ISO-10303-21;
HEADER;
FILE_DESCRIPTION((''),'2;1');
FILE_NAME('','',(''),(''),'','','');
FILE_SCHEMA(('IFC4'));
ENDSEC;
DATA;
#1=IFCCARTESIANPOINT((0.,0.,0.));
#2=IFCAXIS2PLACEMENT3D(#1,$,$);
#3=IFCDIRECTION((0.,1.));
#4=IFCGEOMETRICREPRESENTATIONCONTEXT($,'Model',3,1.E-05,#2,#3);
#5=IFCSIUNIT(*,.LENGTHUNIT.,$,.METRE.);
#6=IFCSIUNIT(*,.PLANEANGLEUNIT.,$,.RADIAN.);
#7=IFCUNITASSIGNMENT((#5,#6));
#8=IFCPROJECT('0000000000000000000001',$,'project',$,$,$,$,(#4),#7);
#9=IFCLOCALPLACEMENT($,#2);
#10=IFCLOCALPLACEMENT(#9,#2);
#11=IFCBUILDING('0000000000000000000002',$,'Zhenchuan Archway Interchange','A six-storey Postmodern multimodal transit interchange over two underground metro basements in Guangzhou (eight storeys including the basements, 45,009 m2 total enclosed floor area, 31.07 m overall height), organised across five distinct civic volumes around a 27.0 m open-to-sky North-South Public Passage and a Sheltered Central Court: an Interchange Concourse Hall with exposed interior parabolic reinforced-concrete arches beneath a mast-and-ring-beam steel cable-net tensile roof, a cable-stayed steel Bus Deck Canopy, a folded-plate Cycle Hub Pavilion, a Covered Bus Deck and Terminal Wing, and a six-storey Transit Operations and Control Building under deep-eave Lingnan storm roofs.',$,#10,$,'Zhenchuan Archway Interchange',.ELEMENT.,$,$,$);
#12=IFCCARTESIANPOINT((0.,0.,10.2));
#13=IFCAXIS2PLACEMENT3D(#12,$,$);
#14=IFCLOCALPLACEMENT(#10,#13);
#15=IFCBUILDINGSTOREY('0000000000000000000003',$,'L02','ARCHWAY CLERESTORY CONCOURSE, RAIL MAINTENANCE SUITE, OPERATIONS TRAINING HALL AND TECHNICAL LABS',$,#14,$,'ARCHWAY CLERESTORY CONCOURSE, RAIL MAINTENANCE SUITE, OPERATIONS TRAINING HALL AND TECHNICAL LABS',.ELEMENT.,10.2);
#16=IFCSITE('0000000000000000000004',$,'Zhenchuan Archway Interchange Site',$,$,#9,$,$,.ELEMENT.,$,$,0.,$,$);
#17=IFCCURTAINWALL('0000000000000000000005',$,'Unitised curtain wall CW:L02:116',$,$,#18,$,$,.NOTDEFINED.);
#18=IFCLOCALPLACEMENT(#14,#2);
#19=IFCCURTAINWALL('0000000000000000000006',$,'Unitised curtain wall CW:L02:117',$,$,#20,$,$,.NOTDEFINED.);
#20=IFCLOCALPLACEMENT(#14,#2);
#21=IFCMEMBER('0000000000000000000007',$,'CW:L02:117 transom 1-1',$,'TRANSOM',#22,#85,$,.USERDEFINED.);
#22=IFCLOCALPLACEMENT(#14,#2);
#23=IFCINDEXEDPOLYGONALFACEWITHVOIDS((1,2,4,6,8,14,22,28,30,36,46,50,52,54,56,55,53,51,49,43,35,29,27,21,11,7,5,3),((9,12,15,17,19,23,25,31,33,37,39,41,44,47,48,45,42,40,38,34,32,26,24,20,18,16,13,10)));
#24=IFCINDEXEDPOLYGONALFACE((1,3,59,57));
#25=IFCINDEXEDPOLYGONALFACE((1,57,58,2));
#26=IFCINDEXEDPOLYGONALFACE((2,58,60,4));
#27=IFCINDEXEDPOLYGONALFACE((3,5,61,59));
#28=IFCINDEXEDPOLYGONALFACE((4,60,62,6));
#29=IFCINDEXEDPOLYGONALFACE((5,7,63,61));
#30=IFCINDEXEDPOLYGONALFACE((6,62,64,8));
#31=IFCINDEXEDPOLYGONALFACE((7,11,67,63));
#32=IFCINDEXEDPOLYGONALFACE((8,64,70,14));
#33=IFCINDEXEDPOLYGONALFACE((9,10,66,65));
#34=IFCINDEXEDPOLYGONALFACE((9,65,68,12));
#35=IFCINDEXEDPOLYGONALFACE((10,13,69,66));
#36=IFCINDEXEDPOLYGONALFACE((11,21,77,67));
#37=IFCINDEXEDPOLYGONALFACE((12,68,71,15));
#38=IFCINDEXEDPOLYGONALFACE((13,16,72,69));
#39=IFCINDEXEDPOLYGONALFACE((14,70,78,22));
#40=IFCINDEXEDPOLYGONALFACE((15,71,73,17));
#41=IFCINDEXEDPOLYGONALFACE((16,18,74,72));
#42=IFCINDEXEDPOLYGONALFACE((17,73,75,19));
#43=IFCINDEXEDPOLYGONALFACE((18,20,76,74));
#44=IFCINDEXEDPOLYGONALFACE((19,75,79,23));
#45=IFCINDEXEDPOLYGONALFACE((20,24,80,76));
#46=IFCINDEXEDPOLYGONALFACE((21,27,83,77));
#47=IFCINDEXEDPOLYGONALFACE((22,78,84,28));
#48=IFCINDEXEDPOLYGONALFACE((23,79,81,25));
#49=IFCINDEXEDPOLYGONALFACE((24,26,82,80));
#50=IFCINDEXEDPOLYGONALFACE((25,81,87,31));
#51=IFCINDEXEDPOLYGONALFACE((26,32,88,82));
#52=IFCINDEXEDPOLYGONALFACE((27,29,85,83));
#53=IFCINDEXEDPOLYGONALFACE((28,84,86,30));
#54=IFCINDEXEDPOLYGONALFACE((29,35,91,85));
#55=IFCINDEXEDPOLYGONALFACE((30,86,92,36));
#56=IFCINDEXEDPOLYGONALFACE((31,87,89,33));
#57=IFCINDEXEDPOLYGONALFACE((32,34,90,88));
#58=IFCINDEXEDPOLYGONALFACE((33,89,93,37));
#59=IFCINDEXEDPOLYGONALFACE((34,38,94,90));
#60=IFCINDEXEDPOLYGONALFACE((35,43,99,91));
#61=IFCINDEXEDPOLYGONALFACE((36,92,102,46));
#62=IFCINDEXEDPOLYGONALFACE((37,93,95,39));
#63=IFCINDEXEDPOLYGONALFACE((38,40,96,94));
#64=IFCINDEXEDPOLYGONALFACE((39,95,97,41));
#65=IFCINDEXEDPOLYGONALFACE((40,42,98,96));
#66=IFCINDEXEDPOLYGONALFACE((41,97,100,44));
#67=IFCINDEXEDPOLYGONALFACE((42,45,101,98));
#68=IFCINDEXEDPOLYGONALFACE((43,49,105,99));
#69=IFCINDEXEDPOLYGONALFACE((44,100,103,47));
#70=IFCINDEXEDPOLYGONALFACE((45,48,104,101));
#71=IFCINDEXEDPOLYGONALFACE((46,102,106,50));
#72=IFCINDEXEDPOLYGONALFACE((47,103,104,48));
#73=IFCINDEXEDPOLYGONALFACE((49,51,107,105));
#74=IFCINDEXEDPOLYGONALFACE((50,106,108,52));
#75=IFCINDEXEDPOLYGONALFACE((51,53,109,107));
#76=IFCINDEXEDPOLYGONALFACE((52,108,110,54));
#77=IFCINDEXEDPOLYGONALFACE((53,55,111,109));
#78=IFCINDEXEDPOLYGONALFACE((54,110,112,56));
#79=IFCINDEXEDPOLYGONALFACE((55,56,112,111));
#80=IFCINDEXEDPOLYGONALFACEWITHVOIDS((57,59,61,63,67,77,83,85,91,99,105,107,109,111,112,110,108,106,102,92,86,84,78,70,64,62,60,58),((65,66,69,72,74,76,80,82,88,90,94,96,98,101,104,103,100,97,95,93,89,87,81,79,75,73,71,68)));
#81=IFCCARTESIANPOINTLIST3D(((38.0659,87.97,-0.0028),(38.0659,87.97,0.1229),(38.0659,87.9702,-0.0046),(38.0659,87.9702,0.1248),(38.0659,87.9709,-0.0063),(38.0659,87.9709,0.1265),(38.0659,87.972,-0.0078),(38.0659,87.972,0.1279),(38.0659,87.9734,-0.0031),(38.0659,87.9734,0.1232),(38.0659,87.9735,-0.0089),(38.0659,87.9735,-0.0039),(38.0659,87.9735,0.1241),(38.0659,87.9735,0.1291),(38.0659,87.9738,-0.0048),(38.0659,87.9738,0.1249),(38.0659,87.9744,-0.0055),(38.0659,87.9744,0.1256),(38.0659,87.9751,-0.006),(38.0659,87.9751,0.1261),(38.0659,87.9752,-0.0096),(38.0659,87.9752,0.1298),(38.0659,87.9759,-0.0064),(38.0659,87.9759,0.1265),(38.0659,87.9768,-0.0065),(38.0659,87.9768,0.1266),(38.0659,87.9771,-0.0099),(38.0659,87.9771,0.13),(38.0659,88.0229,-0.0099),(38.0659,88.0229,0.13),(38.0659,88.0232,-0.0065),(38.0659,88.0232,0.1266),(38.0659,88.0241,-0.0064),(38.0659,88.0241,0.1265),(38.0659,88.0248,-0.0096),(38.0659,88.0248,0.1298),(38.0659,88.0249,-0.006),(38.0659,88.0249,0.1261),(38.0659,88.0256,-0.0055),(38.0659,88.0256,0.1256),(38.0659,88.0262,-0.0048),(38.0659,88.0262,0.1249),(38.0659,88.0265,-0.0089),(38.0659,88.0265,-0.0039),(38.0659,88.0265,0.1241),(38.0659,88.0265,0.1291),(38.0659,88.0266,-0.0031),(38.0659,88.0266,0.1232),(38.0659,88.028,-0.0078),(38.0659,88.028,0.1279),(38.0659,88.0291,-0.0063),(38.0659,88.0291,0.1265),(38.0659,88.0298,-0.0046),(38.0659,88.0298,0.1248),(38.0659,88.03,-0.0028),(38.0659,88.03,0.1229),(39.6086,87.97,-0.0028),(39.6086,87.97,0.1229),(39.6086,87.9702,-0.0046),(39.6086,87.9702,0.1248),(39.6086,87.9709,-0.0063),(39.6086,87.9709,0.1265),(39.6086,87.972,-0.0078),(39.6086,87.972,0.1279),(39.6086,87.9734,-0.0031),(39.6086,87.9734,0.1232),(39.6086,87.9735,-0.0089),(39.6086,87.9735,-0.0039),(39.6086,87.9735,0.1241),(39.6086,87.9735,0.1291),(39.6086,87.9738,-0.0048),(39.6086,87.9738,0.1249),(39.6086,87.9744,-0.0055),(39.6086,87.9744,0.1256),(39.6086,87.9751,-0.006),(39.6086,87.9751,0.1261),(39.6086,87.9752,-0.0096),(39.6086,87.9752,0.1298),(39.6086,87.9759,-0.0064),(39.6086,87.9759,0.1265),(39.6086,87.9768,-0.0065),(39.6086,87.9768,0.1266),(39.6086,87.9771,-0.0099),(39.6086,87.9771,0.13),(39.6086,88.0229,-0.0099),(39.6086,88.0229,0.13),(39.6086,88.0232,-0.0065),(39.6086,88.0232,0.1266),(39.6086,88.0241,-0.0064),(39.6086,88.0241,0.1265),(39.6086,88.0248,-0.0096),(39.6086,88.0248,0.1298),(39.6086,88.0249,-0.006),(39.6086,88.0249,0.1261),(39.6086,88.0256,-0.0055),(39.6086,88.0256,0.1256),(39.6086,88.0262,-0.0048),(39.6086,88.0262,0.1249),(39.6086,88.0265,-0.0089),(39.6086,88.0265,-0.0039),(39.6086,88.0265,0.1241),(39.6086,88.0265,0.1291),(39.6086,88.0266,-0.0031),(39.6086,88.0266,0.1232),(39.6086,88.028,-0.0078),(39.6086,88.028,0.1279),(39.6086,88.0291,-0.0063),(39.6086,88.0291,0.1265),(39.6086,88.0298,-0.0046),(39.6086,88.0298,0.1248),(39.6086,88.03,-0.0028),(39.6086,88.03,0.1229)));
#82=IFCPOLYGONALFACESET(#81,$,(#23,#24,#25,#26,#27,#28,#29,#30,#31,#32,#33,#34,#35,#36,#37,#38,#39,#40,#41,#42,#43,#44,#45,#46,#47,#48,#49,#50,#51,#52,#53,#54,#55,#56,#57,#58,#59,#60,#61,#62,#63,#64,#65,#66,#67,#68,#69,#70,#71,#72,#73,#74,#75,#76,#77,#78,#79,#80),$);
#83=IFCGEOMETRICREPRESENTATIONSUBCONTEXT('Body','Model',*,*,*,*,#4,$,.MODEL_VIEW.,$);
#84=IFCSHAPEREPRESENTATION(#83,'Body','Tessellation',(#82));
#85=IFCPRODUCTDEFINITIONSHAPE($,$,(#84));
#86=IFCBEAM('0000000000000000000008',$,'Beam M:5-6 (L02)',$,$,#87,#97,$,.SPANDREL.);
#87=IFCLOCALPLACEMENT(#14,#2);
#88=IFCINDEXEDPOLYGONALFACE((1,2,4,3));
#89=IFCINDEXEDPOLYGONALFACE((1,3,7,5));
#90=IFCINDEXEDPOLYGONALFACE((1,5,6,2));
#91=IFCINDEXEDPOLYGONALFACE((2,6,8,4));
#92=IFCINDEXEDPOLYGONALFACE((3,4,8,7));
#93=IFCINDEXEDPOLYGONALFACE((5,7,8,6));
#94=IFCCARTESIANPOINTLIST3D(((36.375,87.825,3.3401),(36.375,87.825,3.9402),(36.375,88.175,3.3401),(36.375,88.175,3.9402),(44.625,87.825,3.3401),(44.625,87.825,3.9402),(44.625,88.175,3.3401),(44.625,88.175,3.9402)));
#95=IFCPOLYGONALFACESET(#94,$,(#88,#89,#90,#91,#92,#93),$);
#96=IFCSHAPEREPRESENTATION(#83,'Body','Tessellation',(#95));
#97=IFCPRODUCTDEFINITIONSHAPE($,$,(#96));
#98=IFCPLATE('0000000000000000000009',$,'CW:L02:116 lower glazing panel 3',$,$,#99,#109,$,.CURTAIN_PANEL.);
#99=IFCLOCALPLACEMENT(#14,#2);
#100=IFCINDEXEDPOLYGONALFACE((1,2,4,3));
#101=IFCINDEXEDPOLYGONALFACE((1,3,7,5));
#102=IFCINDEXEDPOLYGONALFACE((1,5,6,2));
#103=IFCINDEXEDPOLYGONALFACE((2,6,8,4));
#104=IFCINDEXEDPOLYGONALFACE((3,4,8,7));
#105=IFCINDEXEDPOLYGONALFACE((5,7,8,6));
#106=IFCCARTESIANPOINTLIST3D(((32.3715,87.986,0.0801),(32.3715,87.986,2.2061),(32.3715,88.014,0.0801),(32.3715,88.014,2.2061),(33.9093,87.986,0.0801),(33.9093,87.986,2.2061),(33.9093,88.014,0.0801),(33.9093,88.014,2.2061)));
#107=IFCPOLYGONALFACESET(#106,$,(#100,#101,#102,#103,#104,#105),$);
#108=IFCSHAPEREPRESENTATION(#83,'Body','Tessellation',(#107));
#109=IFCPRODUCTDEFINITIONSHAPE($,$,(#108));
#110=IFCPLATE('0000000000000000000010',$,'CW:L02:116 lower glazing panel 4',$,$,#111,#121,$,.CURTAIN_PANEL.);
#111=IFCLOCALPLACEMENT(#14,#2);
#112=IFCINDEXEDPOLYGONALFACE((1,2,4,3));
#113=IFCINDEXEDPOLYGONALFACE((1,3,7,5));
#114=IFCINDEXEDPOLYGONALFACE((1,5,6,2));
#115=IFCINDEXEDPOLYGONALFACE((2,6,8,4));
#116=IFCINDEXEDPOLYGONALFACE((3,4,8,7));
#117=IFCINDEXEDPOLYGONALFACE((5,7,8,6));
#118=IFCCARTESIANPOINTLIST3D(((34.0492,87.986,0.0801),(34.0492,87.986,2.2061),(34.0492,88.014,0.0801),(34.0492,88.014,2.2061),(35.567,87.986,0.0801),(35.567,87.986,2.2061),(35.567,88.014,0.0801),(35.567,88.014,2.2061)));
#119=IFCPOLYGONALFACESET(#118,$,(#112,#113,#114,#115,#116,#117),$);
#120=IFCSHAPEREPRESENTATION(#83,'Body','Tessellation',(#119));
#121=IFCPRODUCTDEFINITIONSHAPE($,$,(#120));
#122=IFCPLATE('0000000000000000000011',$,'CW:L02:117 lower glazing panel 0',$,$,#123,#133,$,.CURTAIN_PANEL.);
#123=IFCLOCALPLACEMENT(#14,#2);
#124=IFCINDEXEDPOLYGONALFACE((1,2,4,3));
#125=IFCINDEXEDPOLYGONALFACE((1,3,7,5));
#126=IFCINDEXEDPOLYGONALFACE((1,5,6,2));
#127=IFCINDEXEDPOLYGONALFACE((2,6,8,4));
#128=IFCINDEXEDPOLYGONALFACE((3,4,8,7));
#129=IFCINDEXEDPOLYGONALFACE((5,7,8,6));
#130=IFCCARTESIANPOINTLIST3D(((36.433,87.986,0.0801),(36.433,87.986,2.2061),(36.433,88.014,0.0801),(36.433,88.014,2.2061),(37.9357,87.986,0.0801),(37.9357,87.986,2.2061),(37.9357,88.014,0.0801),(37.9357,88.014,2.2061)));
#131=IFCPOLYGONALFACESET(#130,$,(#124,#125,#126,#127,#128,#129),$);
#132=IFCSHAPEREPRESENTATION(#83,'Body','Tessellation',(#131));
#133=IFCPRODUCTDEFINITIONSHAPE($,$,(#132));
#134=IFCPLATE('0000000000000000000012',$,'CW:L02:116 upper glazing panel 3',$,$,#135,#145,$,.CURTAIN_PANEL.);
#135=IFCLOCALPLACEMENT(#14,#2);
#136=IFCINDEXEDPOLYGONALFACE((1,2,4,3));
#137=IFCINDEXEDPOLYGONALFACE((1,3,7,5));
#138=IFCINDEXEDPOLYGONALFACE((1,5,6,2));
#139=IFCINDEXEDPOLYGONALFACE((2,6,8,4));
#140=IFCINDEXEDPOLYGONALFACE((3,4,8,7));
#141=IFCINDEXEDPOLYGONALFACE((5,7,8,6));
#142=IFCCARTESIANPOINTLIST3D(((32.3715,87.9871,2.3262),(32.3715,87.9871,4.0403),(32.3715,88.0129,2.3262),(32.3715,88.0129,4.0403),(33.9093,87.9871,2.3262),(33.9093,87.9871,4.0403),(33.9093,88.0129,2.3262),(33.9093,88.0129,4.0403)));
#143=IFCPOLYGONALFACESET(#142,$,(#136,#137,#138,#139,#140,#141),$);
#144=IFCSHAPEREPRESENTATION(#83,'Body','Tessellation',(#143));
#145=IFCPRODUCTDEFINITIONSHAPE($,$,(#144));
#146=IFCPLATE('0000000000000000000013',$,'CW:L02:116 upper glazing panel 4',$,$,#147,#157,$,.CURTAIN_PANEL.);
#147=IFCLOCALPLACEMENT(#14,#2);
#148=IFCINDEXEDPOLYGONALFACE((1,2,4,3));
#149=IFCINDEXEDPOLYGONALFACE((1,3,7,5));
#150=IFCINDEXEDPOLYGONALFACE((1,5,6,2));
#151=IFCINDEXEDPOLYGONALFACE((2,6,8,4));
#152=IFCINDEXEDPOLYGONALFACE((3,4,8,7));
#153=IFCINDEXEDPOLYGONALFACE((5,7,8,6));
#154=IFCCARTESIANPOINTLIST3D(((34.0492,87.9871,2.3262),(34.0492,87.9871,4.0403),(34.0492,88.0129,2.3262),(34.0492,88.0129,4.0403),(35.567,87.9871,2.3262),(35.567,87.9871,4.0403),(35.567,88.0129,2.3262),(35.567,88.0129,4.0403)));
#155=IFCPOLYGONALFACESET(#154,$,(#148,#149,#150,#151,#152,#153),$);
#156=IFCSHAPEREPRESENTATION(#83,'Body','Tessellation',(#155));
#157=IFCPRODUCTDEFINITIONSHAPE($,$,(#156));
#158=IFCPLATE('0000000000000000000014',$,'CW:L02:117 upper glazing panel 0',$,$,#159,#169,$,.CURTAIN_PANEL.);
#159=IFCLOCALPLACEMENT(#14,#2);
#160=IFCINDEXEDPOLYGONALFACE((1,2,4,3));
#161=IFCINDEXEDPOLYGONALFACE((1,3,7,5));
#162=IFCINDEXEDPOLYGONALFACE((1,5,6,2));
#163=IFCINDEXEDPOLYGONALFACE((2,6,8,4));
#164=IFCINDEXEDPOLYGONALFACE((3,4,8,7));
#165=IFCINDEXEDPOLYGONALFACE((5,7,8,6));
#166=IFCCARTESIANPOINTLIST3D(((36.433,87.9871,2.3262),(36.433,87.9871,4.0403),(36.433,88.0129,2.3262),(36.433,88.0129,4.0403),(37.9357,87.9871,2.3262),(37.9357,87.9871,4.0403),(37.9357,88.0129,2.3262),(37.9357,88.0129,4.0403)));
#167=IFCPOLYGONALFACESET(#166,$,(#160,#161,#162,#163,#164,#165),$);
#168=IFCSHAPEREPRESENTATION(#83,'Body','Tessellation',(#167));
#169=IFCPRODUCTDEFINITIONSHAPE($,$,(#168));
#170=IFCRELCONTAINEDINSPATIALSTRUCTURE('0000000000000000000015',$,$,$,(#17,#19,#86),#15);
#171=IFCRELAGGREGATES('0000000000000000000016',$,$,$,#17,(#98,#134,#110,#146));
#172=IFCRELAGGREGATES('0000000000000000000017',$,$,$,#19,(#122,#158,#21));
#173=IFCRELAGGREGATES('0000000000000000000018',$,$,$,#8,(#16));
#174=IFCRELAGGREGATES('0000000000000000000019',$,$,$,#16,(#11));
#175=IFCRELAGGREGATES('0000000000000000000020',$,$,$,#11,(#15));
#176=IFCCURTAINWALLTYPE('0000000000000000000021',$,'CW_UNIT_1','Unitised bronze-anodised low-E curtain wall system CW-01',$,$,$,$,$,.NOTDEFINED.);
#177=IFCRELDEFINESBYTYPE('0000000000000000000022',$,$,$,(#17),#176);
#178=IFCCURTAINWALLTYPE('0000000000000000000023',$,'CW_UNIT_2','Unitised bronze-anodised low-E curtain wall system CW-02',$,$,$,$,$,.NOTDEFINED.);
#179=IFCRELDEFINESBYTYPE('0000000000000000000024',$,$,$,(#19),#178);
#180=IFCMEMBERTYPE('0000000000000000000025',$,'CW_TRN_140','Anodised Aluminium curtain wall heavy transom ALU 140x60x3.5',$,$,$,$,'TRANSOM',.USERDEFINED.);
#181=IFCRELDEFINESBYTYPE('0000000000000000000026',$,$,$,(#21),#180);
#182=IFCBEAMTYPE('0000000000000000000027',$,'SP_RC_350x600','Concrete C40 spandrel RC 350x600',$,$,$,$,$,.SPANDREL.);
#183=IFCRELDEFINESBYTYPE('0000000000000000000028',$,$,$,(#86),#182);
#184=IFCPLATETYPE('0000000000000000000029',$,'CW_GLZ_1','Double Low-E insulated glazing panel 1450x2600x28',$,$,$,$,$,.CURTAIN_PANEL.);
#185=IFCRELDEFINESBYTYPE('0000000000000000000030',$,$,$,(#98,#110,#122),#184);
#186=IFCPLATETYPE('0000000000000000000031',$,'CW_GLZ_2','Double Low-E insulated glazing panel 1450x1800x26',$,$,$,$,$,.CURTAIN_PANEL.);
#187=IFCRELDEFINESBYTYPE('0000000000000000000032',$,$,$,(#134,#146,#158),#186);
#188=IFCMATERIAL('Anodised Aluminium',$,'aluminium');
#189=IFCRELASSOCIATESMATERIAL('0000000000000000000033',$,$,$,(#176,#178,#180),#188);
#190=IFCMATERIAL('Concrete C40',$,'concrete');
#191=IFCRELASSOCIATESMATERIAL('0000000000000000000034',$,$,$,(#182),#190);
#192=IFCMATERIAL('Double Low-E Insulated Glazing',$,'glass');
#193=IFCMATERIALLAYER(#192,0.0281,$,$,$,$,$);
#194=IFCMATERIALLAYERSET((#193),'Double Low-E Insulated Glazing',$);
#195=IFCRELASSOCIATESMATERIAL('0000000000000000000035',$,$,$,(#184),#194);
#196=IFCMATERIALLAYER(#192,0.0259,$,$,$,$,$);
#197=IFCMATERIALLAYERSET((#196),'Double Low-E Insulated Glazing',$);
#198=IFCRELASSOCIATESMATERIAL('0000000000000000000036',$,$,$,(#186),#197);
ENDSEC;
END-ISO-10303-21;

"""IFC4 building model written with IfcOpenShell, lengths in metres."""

from ifc_helpers import new_model, si_unit, direction, frame, origin, origin_2d, place, context, subcontext, project, spatial, rectangle, hollow_rectangle, extrude, material, layer, layer_set, material_profile, profile_set, type_object, element, aggregate, save


model = new_model("IFC4")

# Units and contexts
model_context = context("Model", 3, precision=1e-05, world=origin(), true_north=direction((0.0, 1.0)))
body_context = subcontext(model_context, "Body", "Model", "MODEL_VIEW")
ifc_project = project(units=[si_unit("LENGTHUNIT", "METRE"), si_unit("PLANEANGLEUNIT", "RADIAN")], contexts=[model_context])

# Site, building, storey
site_placement = place(None, origin())
site = spatial("IfcSite", under=ifc_project, at=site_placement, Name="Zhenchuan Archway Interchange Site", CompositionType="ELEMENT", RefElevation=0.0)
building_placement = place(site_placement, origin())
building = spatial("IfcBuilding", under=site, at=building_placement, Name="Zhenchuan Archway Interchange", Description="A six-storey Postmodern multimodal transit interchange over two underground metro basements in Guangzhou (eight storeys including the basements, 45,009 m2 total enclosed floor area, 31.07 m overall height), organised across five distinct civic volumes around a 27.0 m open-to-sky North-South Public Passage and a Sheltered Central Court: an Interchange Concourse Hall with exposed interior parabolic reinforced-concrete arches beneath a mast-and-ring-beam steel cable-net tensile roof, a cable-stayed steel Bus Deck Canopy, a folded-plate Cycle Hub Pavilion, a Covered Bus Deck and Terminal Wing, and a six-storey Transit Operations and Control Building under deep-eave Lingnan storm roofs.", LongName="Zhenchuan Archway Interchange", CompositionType="ELEMENT")
storey_placement = place(building_placement, frame((0.0, 0.0, 10.2)))
storey = spatial("IfcBuildingStorey", under=building, at=storey_placement, Name="L02", Description="ARCHWAY CLERESTORY CONCOURSE, RAIL MAINTENANCE SUITE, OPERATIONS TRAINING HALL AND TECHNICAL LABS", LongName="ARCHWAY CLERESTORY CONCOURSE, RAIL MAINTENANCE SUITE, OPERATIONS TRAINING HALL AND TECHNICAL LABS", CompositionType="ELEMENT", Elevation=10.2)

# Shared definitions
ifc_material_1 = material(Name="Concrete C40", Category="concrete")

# Curtain walls
ifc_material_2 = material(Name="Anodised Aluminium", Category="aluminium")
curtain_wall_type_1 = type_object("IfcCurtainWallType", Name="CW_UNIT_1", Description="Unitised bronze-anodised low-E curtain wall system CW-01", PredefinedType="NOTDEFINED", material=ifc_material_2)
curtain_wall_1_placement = place(storey_placement, origin())
curtain_wall_1 = element("IfcCurtainWall", 1, at=curtain_wall_1_placement, inside=storey, type_object=curtain_wall_type_1, Name="Unitised curtain wall CW:L02:116", PredefinedType="NOTDEFINED")
curtain_wall_type_2 = type_object("IfcCurtainWallType", Name="CW_UNIT_2", Description="Unitised bronze-anodised low-E curtain wall system CW-02", PredefinedType="NOTDEFINED", material=ifc_material_2)
curtain_wall_2_placement = place(storey_placement, origin())
curtain_wall_2 = element("IfcCurtainWall", 2, at=curtain_wall_2_placement, inside=storey, type_object=curtain_wall_type_2, Name="Unitised curtain wall CW:L02:117", PredefinedType="NOTDEFINED")

# Member
ifc_material_profile_1 = material_profile(ifc_material_2, hollow_rectangle(XDim=0.0601, YDim=0.1399, WallThickness=0.0034, InnerFilletRadius=0.0034, OuterFilletRadius=0.0071, at=origin_2d()), Name="ALU 140x60x3.5")
ifc_profile_set_1 = profile_set([ifc_material_profile_1], Name="Anodised Aluminium")
member_type_1 = type_object("IfcMemberType", Name="CW_TRN_140", Description="Anodised Aluminium curtain wall heavy transom ALU 140x60x3.5", ElementType="TRANSOM", PredefinedType="USERDEFINED", material=ifc_profile_set_1)
member_1_placement = place(storey_placement, frame((38.0659, 88.0, 0.0601), z_axis=(1.0, 0.0, 0.0), x_axis=(0.0, 1.0, 0.0)))
member_1 = element("IfcMember", 3, at=member_1_placement, type_object=member_type_1, Name="CW:L02:117 transom 1-1", ObjectType="TRANSOM", PredefinedType="USERDEFINED", context=body_context, shape_type="SweptSolid", body=[
    extrude(hollow_rectangle(XDim=0.0601, YDim=0.1399, WallThickness=0.0034, InnerFilletRadius=0.0034, OuterFilletRadius=0.0071, at=origin_2d()), origin(), (0.0, 0.0, 1.0), 1.5427),
])

# Beam
ifc_material_profile_2 = material_profile(ifc_material_1, rectangle(XDim=0.3501, YDim=0.6001, at=origin_2d()), Name="RC 350x600")
ifc_profile_set_2 = profile_set([ifc_material_profile_2], Name="Concrete C40")
beam_type = type_object("IfcBeamType", Name="SP_RC_350x600", Description="Concrete C40 spandrel RC 350x600", PredefinedType="SPANDREL", material=ifc_profile_set_2)
beam_placement = place(storey_placement, frame((36.375, 88.0, 3.6401), z_axis=(1.0, 0.0, 0.0), x_axis=(0.0, 1.0, 0.0)))
element("IfcBeam", 4, at=beam_placement, inside=storey, type_object=beam_type, Name="Beam M:5-6 (L02)", PredefinedType="SPANDREL", context=body_context, shape_type="SweptSolid", body=[
    extrude(rectangle(XDim=0.3501, YDim=0.6001, at=origin_2d()), origin(), (0.0, 0.0, 1.0), 8.25),
])

# Plates
ifc_material_3 = material(Name="Double Low-E Insulated Glazing", Category="glass")
ifc_layer_1 = layer(ifc_material_3, 0.0281)
ifc_layer_set_1 = layer_set([ifc_layer_1], Name="Double Low-E Insulated Glazing")
plate_type_1 = type_object("IfcPlateType", Name="CW_GLZ_1", Description="Double Low-E insulated glazing panel 1450x2600x28", PredefinedType="CURTAIN_PANEL", material=ifc_layer_set_1)
plate_1_placement = place(storey_placement, frame((33.1404, 88.0, 0.0801), z_axis=(0.0, 0.0, 1.0), x_axis=(1.0, 0.0, 0.0)))
plate_1 = element("IfcPlate", 5, at=plate_1_placement, type_object=plate_type_1, Name="CW:L02:116 lower glazing panel 3", PredefinedType="CURTAIN_PANEL", context=body_context, shape_type="SweptSolid", body=[
    extrude(rectangle(XDim=1.5378, YDim=0.0281, at=origin_2d()), origin(), (0.0, 0.0, 1.0), 2.126),
])
plate_2_placement = place(storey_placement, frame((34.8081, 88.0, 0.0801), z_axis=(0.0, 0.0, 1.0), x_axis=(1.0, 0.0, 0.0)))
plate_2 = element("IfcPlate", 6, at=plate_2_placement, type_object=plate_type_1, Name="CW:L02:116 lower glazing panel 4", PredefinedType="CURTAIN_PANEL", context=body_context, shape_type="SweptSolid", body=[
    extrude(rectangle(XDim=1.5178, YDim=0.0281, at=origin_2d()), origin(), (0.0, 0.0, 1.0), 2.126),
])
plate_3_placement = place(storey_placement, frame((37.1843, 88.0, 0.0801), z_axis=(0.0, 0.0, 1.0), x_axis=(1.0, 0.0, 0.0)))
plate_3 = element("IfcPlate", 7, at=plate_3_placement, type_object=plate_type_1, Name="CW:L02:117 lower glazing panel 0", PredefinedType="CURTAIN_PANEL", context=body_context, shape_type="SweptSolid", body=[
    extrude(rectangle(XDim=1.5027, YDim=0.0281, at=origin_2d()), origin(), (0.0, 0.0, 1.0), 2.126),
])
ifc_layer_2 = layer(ifc_material_3, 0.0259)
ifc_layer_set_2 = layer_set([ifc_layer_2], Name="Double Low-E Insulated Glazing")
plate_type_2 = type_object("IfcPlateType", Name="CW_GLZ_2", Description="Double Low-E insulated glazing panel 1450x1800x26", PredefinedType="CURTAIN_PANEL", material=ifc_layer_set_2)
plate_4_placement = place(storey_placement, frame((33.1404, 88.0, 2.3262), z_axis=(0.0, 0.0, 1.0), x_axis=(1.0, 0.0, 0.0)))
plate_4 = element("IfcPlate", 8, at=plate_4_placement, type_object=plate_type_2, Name="CW:L02:116 upper glazing panel 3", PredefinedType="CURTAIN_PANEL", context=body_context, shape_type="SweptSolid", body=[
    extrude(rectangle(XDim=1.5378, YDim=0.0259, at=origin_2d()), origin(), (0.0, 0.0, 1.0), 1.7141),
])
plate_5_placement = place(storey_placement, frame((34.8081, 88.0, 2.3262), z_axis=(0.0, 0.0, 1.0), x_axis=(1.0, 0.0, 0.0)))
plate_5 = element("IfcPlate", 9, at=plate_5_placement, type_object=plate_type_2, Name="CW:L02:116 upper glazing panel 4", PredefinedType="CURTAIN_PANEL", context=body_context, shape_type="SweptSolid", body=[
    extrude(rectangle(XDim=1.5178, YDim=0.0259, at=origin_2d()), origin(), (0.0, 0.0, 1.0), 1.7141),
])
aggregate(curtain_wall_1, [plate_1, plate_4, plate_2, plate_5])
plate_6_placement = place(storey_placement, frame((37.1843, 88.0, 2.3262), z_axis=(0.0, 0.0, 1.0), x_axis=(1.0, 0.0, 0.0)))
plate_6 = element("IfcPlate", 10, at=plate_6_placement, type_object=plate_type_2, Name="CW:L02:117 upper glazing panel 0", PredefinedType="CURTAIN_PANEL", context=body_context, shape_type="SweptSolid", body=[
    extrude(rectangle(XDim=1.5027, YDim=0.0259, at=origin_2d()), origin(), (0.0, 0.0, 1.0), 1.7141),
])
aggregate(curtain_wall_2, [plate_3, plate_6, member_1])

save(model, "model.ifc")
